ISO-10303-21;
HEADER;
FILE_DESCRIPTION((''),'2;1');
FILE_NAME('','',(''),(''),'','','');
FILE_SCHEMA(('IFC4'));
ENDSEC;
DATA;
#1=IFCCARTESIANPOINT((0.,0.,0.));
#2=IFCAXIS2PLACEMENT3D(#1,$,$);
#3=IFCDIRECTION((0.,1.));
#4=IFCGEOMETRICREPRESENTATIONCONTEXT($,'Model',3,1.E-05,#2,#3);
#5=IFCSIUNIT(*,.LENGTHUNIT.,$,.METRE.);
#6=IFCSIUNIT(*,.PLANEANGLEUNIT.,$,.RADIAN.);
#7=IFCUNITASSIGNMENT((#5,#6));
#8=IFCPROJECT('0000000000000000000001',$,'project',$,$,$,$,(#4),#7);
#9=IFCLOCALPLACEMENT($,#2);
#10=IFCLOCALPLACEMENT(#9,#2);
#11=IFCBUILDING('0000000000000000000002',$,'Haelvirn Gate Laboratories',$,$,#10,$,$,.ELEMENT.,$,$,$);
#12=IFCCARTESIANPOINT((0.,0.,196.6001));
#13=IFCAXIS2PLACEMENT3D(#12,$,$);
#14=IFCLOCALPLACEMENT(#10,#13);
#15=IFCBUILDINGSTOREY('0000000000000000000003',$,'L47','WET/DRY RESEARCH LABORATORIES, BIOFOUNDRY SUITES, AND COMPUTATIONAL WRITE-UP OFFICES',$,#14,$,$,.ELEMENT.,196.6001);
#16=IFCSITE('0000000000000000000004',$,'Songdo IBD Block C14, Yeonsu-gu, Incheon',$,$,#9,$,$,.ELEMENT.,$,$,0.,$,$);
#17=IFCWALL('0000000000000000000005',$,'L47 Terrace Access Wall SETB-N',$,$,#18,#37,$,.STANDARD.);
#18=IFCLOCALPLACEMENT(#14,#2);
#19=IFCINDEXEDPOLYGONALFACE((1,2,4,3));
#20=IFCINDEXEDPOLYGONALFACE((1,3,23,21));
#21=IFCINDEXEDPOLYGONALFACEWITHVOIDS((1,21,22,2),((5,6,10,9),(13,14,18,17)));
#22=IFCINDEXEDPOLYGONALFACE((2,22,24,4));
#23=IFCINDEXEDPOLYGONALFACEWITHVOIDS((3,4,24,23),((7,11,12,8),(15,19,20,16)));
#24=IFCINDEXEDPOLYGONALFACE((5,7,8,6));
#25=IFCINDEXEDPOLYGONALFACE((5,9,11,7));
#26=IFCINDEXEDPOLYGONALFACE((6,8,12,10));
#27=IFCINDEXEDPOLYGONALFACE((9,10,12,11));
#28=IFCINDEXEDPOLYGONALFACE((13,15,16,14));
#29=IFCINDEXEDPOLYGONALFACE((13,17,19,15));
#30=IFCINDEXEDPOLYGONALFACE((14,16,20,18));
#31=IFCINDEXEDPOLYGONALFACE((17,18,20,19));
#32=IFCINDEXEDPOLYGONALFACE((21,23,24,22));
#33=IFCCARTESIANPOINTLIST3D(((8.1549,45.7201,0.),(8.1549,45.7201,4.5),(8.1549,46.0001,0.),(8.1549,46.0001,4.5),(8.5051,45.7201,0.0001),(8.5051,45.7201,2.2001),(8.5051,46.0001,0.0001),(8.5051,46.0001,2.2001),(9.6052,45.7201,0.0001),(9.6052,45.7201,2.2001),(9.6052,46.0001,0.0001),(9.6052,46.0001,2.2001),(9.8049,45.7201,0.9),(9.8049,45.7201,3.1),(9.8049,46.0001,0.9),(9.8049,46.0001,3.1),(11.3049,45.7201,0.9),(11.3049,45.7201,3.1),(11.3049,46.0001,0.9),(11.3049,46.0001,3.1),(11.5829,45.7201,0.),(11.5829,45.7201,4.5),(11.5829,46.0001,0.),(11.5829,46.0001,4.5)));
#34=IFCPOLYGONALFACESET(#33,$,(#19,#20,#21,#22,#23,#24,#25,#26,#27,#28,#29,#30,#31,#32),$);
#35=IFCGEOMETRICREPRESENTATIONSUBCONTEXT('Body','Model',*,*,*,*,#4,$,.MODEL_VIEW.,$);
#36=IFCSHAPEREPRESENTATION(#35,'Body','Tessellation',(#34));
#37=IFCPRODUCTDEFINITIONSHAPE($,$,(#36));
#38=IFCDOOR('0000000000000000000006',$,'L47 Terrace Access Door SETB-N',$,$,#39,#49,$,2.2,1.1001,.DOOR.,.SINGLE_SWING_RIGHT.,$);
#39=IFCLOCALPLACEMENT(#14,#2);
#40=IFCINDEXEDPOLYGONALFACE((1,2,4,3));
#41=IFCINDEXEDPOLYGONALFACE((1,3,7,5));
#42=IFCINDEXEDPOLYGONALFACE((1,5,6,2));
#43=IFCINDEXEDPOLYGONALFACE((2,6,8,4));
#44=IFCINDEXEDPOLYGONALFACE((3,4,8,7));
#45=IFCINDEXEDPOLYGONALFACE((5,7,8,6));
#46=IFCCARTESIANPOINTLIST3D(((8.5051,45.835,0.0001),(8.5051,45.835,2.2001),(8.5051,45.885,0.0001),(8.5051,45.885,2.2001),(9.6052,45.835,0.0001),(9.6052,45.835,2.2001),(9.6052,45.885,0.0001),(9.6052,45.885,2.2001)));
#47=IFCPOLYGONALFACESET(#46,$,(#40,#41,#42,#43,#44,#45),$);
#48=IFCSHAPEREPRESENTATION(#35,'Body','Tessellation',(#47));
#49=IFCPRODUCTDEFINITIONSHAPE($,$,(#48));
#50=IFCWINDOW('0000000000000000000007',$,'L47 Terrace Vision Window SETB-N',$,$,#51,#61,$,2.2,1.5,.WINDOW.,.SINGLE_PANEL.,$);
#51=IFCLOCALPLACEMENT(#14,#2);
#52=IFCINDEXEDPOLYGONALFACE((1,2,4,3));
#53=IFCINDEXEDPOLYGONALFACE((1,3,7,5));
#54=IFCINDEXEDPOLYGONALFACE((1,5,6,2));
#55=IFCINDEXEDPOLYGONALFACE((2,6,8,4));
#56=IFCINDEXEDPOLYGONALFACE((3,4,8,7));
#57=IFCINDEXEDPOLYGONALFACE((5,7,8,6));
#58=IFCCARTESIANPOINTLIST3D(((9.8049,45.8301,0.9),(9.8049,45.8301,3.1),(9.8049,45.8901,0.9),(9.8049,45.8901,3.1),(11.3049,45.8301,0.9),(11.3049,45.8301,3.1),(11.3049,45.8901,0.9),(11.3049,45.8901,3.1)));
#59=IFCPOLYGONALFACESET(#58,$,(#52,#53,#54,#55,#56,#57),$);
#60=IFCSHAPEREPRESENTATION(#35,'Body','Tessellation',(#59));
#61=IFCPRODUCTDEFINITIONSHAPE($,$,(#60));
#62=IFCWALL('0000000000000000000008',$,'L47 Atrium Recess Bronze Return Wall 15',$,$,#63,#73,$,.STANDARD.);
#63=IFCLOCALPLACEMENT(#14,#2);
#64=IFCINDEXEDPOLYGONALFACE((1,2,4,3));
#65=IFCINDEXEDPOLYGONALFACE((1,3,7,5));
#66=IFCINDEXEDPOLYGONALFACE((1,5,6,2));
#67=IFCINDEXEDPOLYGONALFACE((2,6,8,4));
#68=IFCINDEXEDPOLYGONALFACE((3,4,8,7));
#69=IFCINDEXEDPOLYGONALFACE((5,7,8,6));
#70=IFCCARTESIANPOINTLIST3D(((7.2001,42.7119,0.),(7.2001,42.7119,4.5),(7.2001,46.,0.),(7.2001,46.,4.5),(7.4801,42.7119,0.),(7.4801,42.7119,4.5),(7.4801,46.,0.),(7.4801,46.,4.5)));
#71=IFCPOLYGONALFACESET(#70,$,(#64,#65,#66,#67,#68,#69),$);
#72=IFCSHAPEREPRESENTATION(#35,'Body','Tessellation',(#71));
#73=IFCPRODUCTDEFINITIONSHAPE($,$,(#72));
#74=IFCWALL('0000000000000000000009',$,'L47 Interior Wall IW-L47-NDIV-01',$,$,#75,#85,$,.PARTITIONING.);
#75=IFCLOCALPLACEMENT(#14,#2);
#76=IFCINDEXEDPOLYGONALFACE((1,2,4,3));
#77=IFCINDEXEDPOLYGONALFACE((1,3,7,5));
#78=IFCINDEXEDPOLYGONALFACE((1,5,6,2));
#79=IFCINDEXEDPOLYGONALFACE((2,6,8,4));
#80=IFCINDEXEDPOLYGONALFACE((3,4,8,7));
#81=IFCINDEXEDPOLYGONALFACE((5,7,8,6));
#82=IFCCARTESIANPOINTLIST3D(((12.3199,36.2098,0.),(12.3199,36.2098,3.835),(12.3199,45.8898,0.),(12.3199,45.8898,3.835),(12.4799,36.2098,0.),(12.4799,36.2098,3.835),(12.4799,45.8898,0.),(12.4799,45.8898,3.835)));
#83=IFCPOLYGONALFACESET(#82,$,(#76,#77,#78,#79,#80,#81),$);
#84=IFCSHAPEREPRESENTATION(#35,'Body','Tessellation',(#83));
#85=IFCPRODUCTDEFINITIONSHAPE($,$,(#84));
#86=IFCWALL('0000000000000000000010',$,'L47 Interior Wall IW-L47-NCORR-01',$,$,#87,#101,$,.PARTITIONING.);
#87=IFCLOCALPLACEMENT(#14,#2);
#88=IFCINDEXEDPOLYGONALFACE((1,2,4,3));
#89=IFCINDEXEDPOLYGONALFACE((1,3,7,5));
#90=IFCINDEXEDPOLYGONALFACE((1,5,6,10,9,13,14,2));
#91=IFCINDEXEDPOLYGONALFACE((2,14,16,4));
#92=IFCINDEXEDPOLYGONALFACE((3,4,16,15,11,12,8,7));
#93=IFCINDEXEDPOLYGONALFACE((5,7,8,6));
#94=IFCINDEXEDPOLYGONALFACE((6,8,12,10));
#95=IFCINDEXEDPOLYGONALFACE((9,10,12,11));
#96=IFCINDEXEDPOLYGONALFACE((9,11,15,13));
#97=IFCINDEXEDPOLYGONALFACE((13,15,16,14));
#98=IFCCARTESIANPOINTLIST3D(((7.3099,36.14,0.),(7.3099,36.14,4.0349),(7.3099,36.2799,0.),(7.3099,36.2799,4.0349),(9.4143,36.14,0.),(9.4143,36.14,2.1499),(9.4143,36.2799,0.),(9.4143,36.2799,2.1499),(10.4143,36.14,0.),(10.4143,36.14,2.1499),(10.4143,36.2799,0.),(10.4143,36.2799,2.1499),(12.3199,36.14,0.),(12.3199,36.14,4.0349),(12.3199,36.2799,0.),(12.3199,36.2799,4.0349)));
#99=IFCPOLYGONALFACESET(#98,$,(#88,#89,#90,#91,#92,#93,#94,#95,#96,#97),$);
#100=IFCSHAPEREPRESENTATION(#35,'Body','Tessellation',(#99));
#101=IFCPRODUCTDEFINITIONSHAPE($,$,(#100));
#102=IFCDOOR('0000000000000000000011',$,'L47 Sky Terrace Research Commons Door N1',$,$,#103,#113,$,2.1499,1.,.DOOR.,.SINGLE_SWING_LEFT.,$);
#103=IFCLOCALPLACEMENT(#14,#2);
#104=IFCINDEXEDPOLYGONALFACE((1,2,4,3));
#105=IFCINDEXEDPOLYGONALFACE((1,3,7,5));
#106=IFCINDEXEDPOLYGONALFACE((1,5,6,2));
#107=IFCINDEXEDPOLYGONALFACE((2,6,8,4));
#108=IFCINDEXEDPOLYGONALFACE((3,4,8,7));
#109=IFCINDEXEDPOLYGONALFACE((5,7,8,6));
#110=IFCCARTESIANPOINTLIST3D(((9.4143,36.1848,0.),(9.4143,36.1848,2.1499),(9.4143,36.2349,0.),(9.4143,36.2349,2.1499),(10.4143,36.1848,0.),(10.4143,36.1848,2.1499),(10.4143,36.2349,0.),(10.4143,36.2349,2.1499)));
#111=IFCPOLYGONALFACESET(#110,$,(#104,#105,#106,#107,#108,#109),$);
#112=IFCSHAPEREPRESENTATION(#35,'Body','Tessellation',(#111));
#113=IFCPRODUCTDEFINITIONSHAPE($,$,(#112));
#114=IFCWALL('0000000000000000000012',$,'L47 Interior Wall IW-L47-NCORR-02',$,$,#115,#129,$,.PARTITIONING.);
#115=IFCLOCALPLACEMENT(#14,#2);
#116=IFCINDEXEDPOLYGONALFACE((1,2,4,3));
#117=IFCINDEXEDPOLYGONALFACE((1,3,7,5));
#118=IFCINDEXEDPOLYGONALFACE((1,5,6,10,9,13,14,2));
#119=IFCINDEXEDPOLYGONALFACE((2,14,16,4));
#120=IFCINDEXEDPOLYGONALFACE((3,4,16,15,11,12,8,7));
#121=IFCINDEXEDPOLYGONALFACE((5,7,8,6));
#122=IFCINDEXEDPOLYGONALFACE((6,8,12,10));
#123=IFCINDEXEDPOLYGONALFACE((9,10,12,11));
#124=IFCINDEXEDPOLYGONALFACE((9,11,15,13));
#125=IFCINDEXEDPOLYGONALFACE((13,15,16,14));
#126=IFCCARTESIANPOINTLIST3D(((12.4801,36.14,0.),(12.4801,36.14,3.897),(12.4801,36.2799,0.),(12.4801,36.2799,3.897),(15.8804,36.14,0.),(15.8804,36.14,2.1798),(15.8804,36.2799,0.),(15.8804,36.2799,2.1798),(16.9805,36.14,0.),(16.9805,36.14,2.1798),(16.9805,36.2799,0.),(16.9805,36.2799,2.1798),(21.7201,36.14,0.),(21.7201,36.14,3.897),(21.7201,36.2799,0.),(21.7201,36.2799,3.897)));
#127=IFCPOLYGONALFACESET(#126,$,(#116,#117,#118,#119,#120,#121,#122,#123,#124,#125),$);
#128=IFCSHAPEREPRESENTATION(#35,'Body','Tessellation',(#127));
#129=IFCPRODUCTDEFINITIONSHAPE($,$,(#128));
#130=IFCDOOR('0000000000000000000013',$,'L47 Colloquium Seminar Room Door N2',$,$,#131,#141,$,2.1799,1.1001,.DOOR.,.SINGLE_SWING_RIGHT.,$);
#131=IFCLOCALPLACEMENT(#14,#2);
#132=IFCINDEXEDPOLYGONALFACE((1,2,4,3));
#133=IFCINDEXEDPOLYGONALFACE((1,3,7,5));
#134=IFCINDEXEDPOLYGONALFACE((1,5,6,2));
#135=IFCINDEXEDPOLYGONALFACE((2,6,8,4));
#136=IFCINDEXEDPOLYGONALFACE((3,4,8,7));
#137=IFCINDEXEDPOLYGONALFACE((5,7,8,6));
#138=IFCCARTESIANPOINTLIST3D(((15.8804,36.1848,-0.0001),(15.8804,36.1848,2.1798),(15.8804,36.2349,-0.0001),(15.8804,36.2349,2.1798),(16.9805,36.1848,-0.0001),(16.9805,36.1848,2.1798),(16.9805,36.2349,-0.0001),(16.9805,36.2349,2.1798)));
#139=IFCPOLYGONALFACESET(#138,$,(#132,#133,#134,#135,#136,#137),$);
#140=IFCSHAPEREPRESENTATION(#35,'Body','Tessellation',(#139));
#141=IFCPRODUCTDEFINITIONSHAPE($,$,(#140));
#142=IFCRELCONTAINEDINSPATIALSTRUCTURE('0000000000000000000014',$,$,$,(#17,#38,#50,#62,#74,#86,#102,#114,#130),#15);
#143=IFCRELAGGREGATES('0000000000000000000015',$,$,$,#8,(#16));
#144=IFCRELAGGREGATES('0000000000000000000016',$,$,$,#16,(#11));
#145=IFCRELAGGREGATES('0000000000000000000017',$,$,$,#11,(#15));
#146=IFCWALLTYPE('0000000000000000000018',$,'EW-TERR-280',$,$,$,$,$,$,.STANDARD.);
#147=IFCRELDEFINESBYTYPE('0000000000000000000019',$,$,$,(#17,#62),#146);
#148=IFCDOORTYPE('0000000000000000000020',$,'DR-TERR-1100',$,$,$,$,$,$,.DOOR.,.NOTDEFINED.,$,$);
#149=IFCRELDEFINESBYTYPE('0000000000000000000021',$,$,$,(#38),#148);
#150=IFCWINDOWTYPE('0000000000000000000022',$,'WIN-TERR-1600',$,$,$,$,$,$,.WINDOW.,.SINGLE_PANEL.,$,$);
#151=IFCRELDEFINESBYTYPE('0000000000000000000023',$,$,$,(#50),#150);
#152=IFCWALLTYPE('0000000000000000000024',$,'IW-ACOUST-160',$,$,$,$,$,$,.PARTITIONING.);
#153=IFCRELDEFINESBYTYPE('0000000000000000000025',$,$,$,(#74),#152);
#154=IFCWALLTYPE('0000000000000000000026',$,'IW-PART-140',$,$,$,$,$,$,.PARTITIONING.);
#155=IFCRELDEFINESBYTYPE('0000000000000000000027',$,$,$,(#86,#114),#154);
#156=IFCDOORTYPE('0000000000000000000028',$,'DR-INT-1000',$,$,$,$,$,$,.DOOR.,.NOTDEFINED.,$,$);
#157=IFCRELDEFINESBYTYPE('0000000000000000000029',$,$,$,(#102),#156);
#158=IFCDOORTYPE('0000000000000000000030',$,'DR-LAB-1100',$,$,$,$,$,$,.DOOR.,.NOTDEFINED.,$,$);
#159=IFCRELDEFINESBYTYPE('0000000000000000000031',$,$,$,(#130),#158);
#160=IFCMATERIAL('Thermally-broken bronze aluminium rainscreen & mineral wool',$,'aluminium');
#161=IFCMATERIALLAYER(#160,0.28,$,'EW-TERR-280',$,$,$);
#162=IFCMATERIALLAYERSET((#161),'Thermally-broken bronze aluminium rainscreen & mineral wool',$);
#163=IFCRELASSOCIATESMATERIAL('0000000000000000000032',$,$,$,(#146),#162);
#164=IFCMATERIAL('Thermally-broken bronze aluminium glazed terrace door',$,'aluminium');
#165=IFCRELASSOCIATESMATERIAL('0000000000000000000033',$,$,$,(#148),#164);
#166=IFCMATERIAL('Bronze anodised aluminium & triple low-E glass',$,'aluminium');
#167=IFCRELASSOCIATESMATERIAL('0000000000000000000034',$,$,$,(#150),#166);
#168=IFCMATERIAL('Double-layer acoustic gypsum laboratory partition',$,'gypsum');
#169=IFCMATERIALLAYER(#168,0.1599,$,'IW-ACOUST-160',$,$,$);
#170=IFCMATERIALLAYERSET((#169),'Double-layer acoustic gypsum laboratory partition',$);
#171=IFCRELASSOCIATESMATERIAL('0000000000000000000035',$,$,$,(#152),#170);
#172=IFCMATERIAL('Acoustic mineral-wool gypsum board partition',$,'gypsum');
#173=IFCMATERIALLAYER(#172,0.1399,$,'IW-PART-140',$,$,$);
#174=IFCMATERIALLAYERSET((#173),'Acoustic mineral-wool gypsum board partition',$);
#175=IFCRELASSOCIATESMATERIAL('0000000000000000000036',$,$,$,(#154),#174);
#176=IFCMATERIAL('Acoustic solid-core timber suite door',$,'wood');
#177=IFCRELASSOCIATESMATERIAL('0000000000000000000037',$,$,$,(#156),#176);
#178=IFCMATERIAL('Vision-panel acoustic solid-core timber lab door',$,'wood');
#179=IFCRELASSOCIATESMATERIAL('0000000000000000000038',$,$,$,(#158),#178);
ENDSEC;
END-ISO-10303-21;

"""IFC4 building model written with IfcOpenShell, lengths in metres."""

from ifc_helpers import new_model, si_unit, direction, frame, frame_2d, origin, place, context, subcontext, project, spatial, rectangle, extrude, source, transform, mapped, material, layer, layer_set, type_object, type_shapes, element, fill, save


model = new_model("IFC4")

# Units and contexts
model_context = context("Model", 3, precision=1e-05, world=origin(), true_north=direction((0.0, 1.0)))
body_context = subcontext(model_context, "Body", "Model", "MODEL_VIEW")
ifc_project = project(units=[si_unit("LENGTHUNIT", "METRE"), si_unit("PLANEANGLEUNIT", "RADIAN")], contexts=[model_context])

# Site, building, storey
site_placement = place(None, origin())
site = spatial("IfcSite", under=ifc_project, at=site_placement, Name="Songdo IBD Block C14, Yeonsu-gu, Incheon", CompositionType="ELEMENT", RefElevation=0.0)
building_placement = place(site_placement, origin())
building = spatial("IfcBuilding", under=site, at=building_placement, Name="Haelvirn Gate Laboratories", CompositionType="ELEMENT")
storey_placement = place(building_placement, frame((0.0, 0.0, 196.6001)))
storey = spatial("IfcBuildingStorey", under=building, at=storey_placement, Name="L47", Description="WET/DRY RESEARCH LABORATORIES, BIOFOUNDRY SUITES, AND COMPUTATIONAL WRITE-UP OFFICES", CompositionType="ELEMENT", Elevation=196.6001)

# Wall, openings, door, window
ifc_material_1 = material(Name="Thermally-broken bronze aluminium rainscreen & mineral wool", Category="aluminium")
ifc_layer_1 = layer(ifc_material_1, 0.28, Name="EW-TERR-280")
ifc_layer_set_1 = layer_set([ifc_layer_1], Name="Thermally-broken bronze aluminium rainscreen & mineral wool")
wall_type_1 = type_object("IfcWallType", Name="EW-TERR-280", PredefinedType="STANDARD", material=ifc_layer_set_1)
wall_1_placement = place(storey_placement, frame((8.155, 45.8601, 0.0), z_axis=(0.0, 0.0, 1.0), x_axis=(1.0, 0.0, 0.0)))
wall_1 = element("IfcWall", 1, at=wall_1_placement, inside=storey, type_object=wall_type_1, Name="L47 Terrace Access Wall SETB-N", PredefinedType="STANDARD", context=body_context, shape_type="SweptSolid", body=[
    extrude(rectangle(XDim=3.428, YDim=0.28, at=frame_2d((1.7139, 0.0))), origin(), (0.0, 0.0, 1.0), 4.5),
])
opening_1_placement = place(wall_1_placement, frame((0.3501, 0.0, 0.0)))
opening_1 = element("IfcOpeningElement", 2, at=opening_1_placement, cuts=wall_1, PredefinedType="OPENING", context=body_context, shape_type="SweptSolid", body=[
    extrude(rectangle(XDim=1.1001, YDim=2.2, at=frame_2d((0.55, 1.1001))), frame((0.0, 0.1499, 0.0), z_axis=(0.0, -1.0, 0.0), x_axis=(1.0, 0.0, 0.0)), (0.0, 0.0, 1.0), 0.3),
])
opening_2_placement = place(wall_1_placement, frame((1.6499, 0.0, 0.8999)))
opening_2 = element("IfcOpeningElement", 3, at=opening_2_placement, cuts=wall_1, PredefinedType="OPENING", context=body_context, shape_type="SweptSolid", body=[
    extrude(rectangle(XDim=1.5, YDim=2.2, at=frame_2d((0.75, 1.1001))), frame((0.0, 0.1499, 0.0), z_axis=(0.0, -1.0, 0.0), x_axis=(1.0, 0.0, 0.0)), (0.0, 0.0, 1.0), 0.3),
])
ifc_material_2 = material(Name="Thermally-broken bronze aluminium glazed terrace door", Category="aluminium")
door_type_1 = type_object("IfcDoorType", Name="DR-TERR-1100", OperationType="NOTDEFINED", PredefinedType="DOOR", material=ifc_material_2)
shared_shape_1 = source(origin(), body_context, "Body", "SweptSolid", [
    extrude(rectangle(XDim=1.1001, YDim=2.2, at=frame_2d((0.55, 1.1001))), frame((0.0, 0.0249, 0.0), z_axis=(0.0, -1.0, 0.0), x_axis=(1.0, 0.0, 0.0)), (0.0, 0.0, 1.0), 0.05),
])
type_shapes(door_type_1, [shared_shape_1])
door_1_placement = place(opening_1_placement, origin())
door_1 = element("IfcDoor", 4, at=door_1_placement, inside=storey, type_object=door_type_1, Name="L47 Terrace Access Door SETB-N", OperationType="SINGLE_SWING_RIGHT", OverallHeight=2.2, OverallWidth=1.1001, PredefinedType="DOOR", context=body_context, shape_type="MappedRepresentation", body=[
    mapped(shared_shape_1, transform((0.0, 0.0, 0.0), scale=1.0)),
])
fill(opening_1, door_1)
ifc_material_3 = material(Name="Bronze anodised aluminium & triple low-E glass", Category="aluminium")
window_type = type_object("IfcWindowType", Name="WIN-TERR-1600", PartitioningType="SINGLE_PANEL", PredefinedType="WINDOW", material=ifc_material_3)
shared_shape_2 = source(origin(), body_context, "Body", "SweptSolid", [
    extrude(rectangle(XDim=1.5, YDim=2.2, at=frame_2d((0.75, 1.1001))), frame((0.0, 0.03, 0.0), z_axis=(0.0, -1.0, 0.0), x_axis=(1.0, 0.0, 0.0)), (0.0, 0.0, 1.0), 0.0601),
])
type_shapes(window_type, [shared_shape_2])
window_placement = place(opening_2_placement, origin())
window = element("IfcWindow", 5, at=window_placement, inside=storey, type_object=window_type, Name="L47 Terrace Vision Window SETB-N", OverallHeight=2.2, OverallWidth=1.5, PartitioningType="SINGLE_PANEL", PredefinedType="WINDOW", context=body_context, shape_type="MappedRepresentation", body=[
    mapped(shared_shape_2, transform((0.0, 0.0, 0.0), scale=1.0)),
])
fill(opening_2, window)

# Walls
wall_2_placement = place(storey_placement, frame((7.3401, 46.0, 0.0), z_axis=(0.0, 0.0, 1.0), x_axis=(0.0, -1.0, 0.0)))
element("IfcWall", 6, at=wall_2_placement, inside=storey, type_object=wall_type_1, Name="L47 Atrium Recess Bronze Return Wall 15", PredefinedType="STANDARD", context=body_context, shape_type="SweptSolid", body=[
    extrude(rectangle(XDim=3.2881, YDim=0.28, at=frame_2d((1.644, 0.0))), origin(), (0.0, 0.0, 1.0), 4.5),
])
ifc_material_4 = material(Name="Double-layer acoustic gypsum laboratory partition", Category="gypsum")
ifc_layer_2 = layer(ifc_material_4, 0.1599, Name="IW-ACOUST-160")
ifc_layer_set_2 = layer_set([ifc_layer_2], Name="Double-layer acoustic gypsum laboratory partition")
wall_type_2 = type_object("IfcWallType", Name="IW-ACOUST-160", PredefinedType="PARTITIONING", material=ifc_layer_set_2)
wall_3_placement = place(storey_placement, frame((12.3999, 36.21, 0.0), z_axis=(0.0, 0.0, 1.0), x_axis=(0.0, 1.0, 0.0)))
element("IfcWall", 7, at=wall_3_placement, inside=storey, type_object=wall_type_2, Name="L47 Interior Wall IW-L47-NDIV-01", PredefinedType="PARTITIONING", context=body_context, shape_type="SweptSolid", body=[
    extrude(rectangle(XDim=9.6799, YDim=0.1599, at=frame_2d((4.8398, 0.0))), origin(), (0.0, 0.0, 1.0), 3.835),
])

# Walls, openings, doors
ifc_material_5 = material(Name="Acoustic mineral-wool gypsum board partition", Category="gypsum")
ifc_layer_3 = layer(ifc_material_5, 0.1399, Name="IW-PART-140")
ifc_layer_set_3 = layer_set([ifc_layer_3], Name="Acoustic mineral-wool gypsum board partition")
wall_type_3 = type_object("IfcWallType", Name="IW-PART-140", PredefinedType="PARTITIONING", material=ifc_layer_set_3)
wall_4_placement = place(storey_placement, frame((7.3101, 36.21, 0.0), z_axis=(0.0, 0.0, 1.0), x_axis=(1.0, 0.0, 0.0)))
wall_4 = element("IfcWall", 8, at=wall_4_placement, inside=storey, type_object=wall_type_3, Name="L47 Interior Wall IW-L47-NCORR-01", PredefinedType="PARTITIONING", context=body_context, shape_type="SweptSolid", body=[
    extrude(rectangle(XDim=5.01, YDim=0.1399, at=frame_2d((2.5049, 0.0))), origin(), (0.0, 0.0, 1.0), 4.0349),
])
opening_3_placement = place(wall_4_placement, frame((2.1042, 0.0, 0.0)))
opening_3 = element("IfcOpeningElement", 9, at=opening_3_placement, cuts=wall_4, PredefinedType="OPENING", context=body_context, shape_type="SweptSolid", body=[
    extrude(rectangle(XDim=1.0, YDim=2.1499, at=frame_2d((0.5, 1.075))), frame((0.0, 0.0801, 0.0), z_axis=(0.0, -1.0, 0.0), x_axis=(1.0, 0.0, 0.0)), (0.0, 0.0, 1.0), 0.1599),
])
ifc_material_6 = material(Name="Acoustic solid-core timber suite door", Category="wood")
door_type_2 = type_object("IfcDoorType", Name="DR-INT-1000", OperationType="NOTDEFINED", PredefinedType="DOOR", material=ifc_material_6)
shared_shape_3 = source(origin(), body_context, "Body", "SweptSolid", [
    extrude(rectangle(XDim=1.0, YDim=2.1499, at=frame_2d((0.5, 1.075))), frame((0.0, 0.0249, 0.0), z_axis=(0.0, -1.0, 0.0), x_axis=(1.0, 0.0, 0.0)), (0.0, 0.0, 1.0), 0.05),
])
type_shapes(door_type_2, [shared_shape_3])
door_2_placement = place(opening_3_placement, origin())
door_2 = element("IfcDoor", 10, at=door_2_placement, inside=storey, type_object=door_type_2, Name="L47 Sky Terrace Research Commons Door N1", OperationType="SINGLE_SWING_LEFT", OverallHeight=2.1499, OverallWidth=1.0, PredefinedType="DOOR", context=body_context, shape_type="MappedRepresentation", body=[
    mapped(shared_shape_3, transform((0.0, 0.0, 0.0), scale=1.0)),
])
fill(opening_3, door_2)
wall_5_placement = place(storey_placement, frame((12.48, 36.21, 0.0), z_axis=(0.0, 0.0, 1.0), x_axis=(1.0, 0.0, 0.0)))
wall_5 = element("IfcWall", 11, at=wall_5_placement, inside=storey, type_object=wall_type_3, Name="L47 Interior Wall IW-L47-NCORR-02", PredefinedType="PARTITIONING", context=body_context, shape_type="SweptSolid", body=[
    extrude(rectangle(XDim=9.24, YDim=0.1399, at=frame_2d((4.6201, 0.0))), origin(), (0.0, 0.0, 1.0), 3.897),
])
opening_4_placement = place(wall_5_placement, frame((3.4004, 0.0, 0.0)))
opening_4 = element("IfcOpeningElement", 12, at=opening_4_placement, cuts=wall_5, PredefinedType="OPENING", context=body_context, shape_type="SweptSolid", body=[
    extrude(rectangle(XDim=1.1001, YDim=2.1799, at=frame_2d((0.55, 1.0898))), frame((0.0, 0.0801, 0.0), z_axis=(0.0, -1.0, 0.0), x_axis=(1.0, 0.0, 0.0)), (0.0, 0.0, 1.0), 0.1599),
])
ifc_material_7 = material(Name="Vision-panel acoustic solid-core timber lab door", Category="wood")
door_type_3 = type_object("IfcDoorType", Name="DR-LAB-1100", OperationType="NOTDEFINED", PredefinedType="DOOR", material=ifc_material_7)
shared_shape_4 = source(origin(), body_context, "Body", "SweptSolid", [
    extrude(rectangle(XDim=1.1001, YDim=2.1799, at=frame_2d((0.55, 1.0898))), frame((0.0, 0.0249, 0.0), z_axis=(0.0, -1.0, 0.0), x_axis=(1.0, 0.0, 0.0)), (0.0, 0.0, 1.0), 0.05),
])
type_shapes(door_type_3, [shared_shape_4])
door_3_placement = place(opening_4_placement, origin())
door_3 = element("IfcDoor", 13, at=door_3_placement, inside=storey, type_object=door_type_3, Name="L47 Colloquium Seminar Room Door N2", OperationType="SINGLE_SWING_RIGHT", OverallHeight=2.1799, OverallWidth=1.1001, PredefinedType="DOOR", context=body_context, shape_type="MappedRepresentation", body=[
    mapped(shared_shape_4, transform((0.0, 0.0, 0.0), scale=1.0)),
])
fill(opening_4, door_3)

save(model, "model.ifc")
